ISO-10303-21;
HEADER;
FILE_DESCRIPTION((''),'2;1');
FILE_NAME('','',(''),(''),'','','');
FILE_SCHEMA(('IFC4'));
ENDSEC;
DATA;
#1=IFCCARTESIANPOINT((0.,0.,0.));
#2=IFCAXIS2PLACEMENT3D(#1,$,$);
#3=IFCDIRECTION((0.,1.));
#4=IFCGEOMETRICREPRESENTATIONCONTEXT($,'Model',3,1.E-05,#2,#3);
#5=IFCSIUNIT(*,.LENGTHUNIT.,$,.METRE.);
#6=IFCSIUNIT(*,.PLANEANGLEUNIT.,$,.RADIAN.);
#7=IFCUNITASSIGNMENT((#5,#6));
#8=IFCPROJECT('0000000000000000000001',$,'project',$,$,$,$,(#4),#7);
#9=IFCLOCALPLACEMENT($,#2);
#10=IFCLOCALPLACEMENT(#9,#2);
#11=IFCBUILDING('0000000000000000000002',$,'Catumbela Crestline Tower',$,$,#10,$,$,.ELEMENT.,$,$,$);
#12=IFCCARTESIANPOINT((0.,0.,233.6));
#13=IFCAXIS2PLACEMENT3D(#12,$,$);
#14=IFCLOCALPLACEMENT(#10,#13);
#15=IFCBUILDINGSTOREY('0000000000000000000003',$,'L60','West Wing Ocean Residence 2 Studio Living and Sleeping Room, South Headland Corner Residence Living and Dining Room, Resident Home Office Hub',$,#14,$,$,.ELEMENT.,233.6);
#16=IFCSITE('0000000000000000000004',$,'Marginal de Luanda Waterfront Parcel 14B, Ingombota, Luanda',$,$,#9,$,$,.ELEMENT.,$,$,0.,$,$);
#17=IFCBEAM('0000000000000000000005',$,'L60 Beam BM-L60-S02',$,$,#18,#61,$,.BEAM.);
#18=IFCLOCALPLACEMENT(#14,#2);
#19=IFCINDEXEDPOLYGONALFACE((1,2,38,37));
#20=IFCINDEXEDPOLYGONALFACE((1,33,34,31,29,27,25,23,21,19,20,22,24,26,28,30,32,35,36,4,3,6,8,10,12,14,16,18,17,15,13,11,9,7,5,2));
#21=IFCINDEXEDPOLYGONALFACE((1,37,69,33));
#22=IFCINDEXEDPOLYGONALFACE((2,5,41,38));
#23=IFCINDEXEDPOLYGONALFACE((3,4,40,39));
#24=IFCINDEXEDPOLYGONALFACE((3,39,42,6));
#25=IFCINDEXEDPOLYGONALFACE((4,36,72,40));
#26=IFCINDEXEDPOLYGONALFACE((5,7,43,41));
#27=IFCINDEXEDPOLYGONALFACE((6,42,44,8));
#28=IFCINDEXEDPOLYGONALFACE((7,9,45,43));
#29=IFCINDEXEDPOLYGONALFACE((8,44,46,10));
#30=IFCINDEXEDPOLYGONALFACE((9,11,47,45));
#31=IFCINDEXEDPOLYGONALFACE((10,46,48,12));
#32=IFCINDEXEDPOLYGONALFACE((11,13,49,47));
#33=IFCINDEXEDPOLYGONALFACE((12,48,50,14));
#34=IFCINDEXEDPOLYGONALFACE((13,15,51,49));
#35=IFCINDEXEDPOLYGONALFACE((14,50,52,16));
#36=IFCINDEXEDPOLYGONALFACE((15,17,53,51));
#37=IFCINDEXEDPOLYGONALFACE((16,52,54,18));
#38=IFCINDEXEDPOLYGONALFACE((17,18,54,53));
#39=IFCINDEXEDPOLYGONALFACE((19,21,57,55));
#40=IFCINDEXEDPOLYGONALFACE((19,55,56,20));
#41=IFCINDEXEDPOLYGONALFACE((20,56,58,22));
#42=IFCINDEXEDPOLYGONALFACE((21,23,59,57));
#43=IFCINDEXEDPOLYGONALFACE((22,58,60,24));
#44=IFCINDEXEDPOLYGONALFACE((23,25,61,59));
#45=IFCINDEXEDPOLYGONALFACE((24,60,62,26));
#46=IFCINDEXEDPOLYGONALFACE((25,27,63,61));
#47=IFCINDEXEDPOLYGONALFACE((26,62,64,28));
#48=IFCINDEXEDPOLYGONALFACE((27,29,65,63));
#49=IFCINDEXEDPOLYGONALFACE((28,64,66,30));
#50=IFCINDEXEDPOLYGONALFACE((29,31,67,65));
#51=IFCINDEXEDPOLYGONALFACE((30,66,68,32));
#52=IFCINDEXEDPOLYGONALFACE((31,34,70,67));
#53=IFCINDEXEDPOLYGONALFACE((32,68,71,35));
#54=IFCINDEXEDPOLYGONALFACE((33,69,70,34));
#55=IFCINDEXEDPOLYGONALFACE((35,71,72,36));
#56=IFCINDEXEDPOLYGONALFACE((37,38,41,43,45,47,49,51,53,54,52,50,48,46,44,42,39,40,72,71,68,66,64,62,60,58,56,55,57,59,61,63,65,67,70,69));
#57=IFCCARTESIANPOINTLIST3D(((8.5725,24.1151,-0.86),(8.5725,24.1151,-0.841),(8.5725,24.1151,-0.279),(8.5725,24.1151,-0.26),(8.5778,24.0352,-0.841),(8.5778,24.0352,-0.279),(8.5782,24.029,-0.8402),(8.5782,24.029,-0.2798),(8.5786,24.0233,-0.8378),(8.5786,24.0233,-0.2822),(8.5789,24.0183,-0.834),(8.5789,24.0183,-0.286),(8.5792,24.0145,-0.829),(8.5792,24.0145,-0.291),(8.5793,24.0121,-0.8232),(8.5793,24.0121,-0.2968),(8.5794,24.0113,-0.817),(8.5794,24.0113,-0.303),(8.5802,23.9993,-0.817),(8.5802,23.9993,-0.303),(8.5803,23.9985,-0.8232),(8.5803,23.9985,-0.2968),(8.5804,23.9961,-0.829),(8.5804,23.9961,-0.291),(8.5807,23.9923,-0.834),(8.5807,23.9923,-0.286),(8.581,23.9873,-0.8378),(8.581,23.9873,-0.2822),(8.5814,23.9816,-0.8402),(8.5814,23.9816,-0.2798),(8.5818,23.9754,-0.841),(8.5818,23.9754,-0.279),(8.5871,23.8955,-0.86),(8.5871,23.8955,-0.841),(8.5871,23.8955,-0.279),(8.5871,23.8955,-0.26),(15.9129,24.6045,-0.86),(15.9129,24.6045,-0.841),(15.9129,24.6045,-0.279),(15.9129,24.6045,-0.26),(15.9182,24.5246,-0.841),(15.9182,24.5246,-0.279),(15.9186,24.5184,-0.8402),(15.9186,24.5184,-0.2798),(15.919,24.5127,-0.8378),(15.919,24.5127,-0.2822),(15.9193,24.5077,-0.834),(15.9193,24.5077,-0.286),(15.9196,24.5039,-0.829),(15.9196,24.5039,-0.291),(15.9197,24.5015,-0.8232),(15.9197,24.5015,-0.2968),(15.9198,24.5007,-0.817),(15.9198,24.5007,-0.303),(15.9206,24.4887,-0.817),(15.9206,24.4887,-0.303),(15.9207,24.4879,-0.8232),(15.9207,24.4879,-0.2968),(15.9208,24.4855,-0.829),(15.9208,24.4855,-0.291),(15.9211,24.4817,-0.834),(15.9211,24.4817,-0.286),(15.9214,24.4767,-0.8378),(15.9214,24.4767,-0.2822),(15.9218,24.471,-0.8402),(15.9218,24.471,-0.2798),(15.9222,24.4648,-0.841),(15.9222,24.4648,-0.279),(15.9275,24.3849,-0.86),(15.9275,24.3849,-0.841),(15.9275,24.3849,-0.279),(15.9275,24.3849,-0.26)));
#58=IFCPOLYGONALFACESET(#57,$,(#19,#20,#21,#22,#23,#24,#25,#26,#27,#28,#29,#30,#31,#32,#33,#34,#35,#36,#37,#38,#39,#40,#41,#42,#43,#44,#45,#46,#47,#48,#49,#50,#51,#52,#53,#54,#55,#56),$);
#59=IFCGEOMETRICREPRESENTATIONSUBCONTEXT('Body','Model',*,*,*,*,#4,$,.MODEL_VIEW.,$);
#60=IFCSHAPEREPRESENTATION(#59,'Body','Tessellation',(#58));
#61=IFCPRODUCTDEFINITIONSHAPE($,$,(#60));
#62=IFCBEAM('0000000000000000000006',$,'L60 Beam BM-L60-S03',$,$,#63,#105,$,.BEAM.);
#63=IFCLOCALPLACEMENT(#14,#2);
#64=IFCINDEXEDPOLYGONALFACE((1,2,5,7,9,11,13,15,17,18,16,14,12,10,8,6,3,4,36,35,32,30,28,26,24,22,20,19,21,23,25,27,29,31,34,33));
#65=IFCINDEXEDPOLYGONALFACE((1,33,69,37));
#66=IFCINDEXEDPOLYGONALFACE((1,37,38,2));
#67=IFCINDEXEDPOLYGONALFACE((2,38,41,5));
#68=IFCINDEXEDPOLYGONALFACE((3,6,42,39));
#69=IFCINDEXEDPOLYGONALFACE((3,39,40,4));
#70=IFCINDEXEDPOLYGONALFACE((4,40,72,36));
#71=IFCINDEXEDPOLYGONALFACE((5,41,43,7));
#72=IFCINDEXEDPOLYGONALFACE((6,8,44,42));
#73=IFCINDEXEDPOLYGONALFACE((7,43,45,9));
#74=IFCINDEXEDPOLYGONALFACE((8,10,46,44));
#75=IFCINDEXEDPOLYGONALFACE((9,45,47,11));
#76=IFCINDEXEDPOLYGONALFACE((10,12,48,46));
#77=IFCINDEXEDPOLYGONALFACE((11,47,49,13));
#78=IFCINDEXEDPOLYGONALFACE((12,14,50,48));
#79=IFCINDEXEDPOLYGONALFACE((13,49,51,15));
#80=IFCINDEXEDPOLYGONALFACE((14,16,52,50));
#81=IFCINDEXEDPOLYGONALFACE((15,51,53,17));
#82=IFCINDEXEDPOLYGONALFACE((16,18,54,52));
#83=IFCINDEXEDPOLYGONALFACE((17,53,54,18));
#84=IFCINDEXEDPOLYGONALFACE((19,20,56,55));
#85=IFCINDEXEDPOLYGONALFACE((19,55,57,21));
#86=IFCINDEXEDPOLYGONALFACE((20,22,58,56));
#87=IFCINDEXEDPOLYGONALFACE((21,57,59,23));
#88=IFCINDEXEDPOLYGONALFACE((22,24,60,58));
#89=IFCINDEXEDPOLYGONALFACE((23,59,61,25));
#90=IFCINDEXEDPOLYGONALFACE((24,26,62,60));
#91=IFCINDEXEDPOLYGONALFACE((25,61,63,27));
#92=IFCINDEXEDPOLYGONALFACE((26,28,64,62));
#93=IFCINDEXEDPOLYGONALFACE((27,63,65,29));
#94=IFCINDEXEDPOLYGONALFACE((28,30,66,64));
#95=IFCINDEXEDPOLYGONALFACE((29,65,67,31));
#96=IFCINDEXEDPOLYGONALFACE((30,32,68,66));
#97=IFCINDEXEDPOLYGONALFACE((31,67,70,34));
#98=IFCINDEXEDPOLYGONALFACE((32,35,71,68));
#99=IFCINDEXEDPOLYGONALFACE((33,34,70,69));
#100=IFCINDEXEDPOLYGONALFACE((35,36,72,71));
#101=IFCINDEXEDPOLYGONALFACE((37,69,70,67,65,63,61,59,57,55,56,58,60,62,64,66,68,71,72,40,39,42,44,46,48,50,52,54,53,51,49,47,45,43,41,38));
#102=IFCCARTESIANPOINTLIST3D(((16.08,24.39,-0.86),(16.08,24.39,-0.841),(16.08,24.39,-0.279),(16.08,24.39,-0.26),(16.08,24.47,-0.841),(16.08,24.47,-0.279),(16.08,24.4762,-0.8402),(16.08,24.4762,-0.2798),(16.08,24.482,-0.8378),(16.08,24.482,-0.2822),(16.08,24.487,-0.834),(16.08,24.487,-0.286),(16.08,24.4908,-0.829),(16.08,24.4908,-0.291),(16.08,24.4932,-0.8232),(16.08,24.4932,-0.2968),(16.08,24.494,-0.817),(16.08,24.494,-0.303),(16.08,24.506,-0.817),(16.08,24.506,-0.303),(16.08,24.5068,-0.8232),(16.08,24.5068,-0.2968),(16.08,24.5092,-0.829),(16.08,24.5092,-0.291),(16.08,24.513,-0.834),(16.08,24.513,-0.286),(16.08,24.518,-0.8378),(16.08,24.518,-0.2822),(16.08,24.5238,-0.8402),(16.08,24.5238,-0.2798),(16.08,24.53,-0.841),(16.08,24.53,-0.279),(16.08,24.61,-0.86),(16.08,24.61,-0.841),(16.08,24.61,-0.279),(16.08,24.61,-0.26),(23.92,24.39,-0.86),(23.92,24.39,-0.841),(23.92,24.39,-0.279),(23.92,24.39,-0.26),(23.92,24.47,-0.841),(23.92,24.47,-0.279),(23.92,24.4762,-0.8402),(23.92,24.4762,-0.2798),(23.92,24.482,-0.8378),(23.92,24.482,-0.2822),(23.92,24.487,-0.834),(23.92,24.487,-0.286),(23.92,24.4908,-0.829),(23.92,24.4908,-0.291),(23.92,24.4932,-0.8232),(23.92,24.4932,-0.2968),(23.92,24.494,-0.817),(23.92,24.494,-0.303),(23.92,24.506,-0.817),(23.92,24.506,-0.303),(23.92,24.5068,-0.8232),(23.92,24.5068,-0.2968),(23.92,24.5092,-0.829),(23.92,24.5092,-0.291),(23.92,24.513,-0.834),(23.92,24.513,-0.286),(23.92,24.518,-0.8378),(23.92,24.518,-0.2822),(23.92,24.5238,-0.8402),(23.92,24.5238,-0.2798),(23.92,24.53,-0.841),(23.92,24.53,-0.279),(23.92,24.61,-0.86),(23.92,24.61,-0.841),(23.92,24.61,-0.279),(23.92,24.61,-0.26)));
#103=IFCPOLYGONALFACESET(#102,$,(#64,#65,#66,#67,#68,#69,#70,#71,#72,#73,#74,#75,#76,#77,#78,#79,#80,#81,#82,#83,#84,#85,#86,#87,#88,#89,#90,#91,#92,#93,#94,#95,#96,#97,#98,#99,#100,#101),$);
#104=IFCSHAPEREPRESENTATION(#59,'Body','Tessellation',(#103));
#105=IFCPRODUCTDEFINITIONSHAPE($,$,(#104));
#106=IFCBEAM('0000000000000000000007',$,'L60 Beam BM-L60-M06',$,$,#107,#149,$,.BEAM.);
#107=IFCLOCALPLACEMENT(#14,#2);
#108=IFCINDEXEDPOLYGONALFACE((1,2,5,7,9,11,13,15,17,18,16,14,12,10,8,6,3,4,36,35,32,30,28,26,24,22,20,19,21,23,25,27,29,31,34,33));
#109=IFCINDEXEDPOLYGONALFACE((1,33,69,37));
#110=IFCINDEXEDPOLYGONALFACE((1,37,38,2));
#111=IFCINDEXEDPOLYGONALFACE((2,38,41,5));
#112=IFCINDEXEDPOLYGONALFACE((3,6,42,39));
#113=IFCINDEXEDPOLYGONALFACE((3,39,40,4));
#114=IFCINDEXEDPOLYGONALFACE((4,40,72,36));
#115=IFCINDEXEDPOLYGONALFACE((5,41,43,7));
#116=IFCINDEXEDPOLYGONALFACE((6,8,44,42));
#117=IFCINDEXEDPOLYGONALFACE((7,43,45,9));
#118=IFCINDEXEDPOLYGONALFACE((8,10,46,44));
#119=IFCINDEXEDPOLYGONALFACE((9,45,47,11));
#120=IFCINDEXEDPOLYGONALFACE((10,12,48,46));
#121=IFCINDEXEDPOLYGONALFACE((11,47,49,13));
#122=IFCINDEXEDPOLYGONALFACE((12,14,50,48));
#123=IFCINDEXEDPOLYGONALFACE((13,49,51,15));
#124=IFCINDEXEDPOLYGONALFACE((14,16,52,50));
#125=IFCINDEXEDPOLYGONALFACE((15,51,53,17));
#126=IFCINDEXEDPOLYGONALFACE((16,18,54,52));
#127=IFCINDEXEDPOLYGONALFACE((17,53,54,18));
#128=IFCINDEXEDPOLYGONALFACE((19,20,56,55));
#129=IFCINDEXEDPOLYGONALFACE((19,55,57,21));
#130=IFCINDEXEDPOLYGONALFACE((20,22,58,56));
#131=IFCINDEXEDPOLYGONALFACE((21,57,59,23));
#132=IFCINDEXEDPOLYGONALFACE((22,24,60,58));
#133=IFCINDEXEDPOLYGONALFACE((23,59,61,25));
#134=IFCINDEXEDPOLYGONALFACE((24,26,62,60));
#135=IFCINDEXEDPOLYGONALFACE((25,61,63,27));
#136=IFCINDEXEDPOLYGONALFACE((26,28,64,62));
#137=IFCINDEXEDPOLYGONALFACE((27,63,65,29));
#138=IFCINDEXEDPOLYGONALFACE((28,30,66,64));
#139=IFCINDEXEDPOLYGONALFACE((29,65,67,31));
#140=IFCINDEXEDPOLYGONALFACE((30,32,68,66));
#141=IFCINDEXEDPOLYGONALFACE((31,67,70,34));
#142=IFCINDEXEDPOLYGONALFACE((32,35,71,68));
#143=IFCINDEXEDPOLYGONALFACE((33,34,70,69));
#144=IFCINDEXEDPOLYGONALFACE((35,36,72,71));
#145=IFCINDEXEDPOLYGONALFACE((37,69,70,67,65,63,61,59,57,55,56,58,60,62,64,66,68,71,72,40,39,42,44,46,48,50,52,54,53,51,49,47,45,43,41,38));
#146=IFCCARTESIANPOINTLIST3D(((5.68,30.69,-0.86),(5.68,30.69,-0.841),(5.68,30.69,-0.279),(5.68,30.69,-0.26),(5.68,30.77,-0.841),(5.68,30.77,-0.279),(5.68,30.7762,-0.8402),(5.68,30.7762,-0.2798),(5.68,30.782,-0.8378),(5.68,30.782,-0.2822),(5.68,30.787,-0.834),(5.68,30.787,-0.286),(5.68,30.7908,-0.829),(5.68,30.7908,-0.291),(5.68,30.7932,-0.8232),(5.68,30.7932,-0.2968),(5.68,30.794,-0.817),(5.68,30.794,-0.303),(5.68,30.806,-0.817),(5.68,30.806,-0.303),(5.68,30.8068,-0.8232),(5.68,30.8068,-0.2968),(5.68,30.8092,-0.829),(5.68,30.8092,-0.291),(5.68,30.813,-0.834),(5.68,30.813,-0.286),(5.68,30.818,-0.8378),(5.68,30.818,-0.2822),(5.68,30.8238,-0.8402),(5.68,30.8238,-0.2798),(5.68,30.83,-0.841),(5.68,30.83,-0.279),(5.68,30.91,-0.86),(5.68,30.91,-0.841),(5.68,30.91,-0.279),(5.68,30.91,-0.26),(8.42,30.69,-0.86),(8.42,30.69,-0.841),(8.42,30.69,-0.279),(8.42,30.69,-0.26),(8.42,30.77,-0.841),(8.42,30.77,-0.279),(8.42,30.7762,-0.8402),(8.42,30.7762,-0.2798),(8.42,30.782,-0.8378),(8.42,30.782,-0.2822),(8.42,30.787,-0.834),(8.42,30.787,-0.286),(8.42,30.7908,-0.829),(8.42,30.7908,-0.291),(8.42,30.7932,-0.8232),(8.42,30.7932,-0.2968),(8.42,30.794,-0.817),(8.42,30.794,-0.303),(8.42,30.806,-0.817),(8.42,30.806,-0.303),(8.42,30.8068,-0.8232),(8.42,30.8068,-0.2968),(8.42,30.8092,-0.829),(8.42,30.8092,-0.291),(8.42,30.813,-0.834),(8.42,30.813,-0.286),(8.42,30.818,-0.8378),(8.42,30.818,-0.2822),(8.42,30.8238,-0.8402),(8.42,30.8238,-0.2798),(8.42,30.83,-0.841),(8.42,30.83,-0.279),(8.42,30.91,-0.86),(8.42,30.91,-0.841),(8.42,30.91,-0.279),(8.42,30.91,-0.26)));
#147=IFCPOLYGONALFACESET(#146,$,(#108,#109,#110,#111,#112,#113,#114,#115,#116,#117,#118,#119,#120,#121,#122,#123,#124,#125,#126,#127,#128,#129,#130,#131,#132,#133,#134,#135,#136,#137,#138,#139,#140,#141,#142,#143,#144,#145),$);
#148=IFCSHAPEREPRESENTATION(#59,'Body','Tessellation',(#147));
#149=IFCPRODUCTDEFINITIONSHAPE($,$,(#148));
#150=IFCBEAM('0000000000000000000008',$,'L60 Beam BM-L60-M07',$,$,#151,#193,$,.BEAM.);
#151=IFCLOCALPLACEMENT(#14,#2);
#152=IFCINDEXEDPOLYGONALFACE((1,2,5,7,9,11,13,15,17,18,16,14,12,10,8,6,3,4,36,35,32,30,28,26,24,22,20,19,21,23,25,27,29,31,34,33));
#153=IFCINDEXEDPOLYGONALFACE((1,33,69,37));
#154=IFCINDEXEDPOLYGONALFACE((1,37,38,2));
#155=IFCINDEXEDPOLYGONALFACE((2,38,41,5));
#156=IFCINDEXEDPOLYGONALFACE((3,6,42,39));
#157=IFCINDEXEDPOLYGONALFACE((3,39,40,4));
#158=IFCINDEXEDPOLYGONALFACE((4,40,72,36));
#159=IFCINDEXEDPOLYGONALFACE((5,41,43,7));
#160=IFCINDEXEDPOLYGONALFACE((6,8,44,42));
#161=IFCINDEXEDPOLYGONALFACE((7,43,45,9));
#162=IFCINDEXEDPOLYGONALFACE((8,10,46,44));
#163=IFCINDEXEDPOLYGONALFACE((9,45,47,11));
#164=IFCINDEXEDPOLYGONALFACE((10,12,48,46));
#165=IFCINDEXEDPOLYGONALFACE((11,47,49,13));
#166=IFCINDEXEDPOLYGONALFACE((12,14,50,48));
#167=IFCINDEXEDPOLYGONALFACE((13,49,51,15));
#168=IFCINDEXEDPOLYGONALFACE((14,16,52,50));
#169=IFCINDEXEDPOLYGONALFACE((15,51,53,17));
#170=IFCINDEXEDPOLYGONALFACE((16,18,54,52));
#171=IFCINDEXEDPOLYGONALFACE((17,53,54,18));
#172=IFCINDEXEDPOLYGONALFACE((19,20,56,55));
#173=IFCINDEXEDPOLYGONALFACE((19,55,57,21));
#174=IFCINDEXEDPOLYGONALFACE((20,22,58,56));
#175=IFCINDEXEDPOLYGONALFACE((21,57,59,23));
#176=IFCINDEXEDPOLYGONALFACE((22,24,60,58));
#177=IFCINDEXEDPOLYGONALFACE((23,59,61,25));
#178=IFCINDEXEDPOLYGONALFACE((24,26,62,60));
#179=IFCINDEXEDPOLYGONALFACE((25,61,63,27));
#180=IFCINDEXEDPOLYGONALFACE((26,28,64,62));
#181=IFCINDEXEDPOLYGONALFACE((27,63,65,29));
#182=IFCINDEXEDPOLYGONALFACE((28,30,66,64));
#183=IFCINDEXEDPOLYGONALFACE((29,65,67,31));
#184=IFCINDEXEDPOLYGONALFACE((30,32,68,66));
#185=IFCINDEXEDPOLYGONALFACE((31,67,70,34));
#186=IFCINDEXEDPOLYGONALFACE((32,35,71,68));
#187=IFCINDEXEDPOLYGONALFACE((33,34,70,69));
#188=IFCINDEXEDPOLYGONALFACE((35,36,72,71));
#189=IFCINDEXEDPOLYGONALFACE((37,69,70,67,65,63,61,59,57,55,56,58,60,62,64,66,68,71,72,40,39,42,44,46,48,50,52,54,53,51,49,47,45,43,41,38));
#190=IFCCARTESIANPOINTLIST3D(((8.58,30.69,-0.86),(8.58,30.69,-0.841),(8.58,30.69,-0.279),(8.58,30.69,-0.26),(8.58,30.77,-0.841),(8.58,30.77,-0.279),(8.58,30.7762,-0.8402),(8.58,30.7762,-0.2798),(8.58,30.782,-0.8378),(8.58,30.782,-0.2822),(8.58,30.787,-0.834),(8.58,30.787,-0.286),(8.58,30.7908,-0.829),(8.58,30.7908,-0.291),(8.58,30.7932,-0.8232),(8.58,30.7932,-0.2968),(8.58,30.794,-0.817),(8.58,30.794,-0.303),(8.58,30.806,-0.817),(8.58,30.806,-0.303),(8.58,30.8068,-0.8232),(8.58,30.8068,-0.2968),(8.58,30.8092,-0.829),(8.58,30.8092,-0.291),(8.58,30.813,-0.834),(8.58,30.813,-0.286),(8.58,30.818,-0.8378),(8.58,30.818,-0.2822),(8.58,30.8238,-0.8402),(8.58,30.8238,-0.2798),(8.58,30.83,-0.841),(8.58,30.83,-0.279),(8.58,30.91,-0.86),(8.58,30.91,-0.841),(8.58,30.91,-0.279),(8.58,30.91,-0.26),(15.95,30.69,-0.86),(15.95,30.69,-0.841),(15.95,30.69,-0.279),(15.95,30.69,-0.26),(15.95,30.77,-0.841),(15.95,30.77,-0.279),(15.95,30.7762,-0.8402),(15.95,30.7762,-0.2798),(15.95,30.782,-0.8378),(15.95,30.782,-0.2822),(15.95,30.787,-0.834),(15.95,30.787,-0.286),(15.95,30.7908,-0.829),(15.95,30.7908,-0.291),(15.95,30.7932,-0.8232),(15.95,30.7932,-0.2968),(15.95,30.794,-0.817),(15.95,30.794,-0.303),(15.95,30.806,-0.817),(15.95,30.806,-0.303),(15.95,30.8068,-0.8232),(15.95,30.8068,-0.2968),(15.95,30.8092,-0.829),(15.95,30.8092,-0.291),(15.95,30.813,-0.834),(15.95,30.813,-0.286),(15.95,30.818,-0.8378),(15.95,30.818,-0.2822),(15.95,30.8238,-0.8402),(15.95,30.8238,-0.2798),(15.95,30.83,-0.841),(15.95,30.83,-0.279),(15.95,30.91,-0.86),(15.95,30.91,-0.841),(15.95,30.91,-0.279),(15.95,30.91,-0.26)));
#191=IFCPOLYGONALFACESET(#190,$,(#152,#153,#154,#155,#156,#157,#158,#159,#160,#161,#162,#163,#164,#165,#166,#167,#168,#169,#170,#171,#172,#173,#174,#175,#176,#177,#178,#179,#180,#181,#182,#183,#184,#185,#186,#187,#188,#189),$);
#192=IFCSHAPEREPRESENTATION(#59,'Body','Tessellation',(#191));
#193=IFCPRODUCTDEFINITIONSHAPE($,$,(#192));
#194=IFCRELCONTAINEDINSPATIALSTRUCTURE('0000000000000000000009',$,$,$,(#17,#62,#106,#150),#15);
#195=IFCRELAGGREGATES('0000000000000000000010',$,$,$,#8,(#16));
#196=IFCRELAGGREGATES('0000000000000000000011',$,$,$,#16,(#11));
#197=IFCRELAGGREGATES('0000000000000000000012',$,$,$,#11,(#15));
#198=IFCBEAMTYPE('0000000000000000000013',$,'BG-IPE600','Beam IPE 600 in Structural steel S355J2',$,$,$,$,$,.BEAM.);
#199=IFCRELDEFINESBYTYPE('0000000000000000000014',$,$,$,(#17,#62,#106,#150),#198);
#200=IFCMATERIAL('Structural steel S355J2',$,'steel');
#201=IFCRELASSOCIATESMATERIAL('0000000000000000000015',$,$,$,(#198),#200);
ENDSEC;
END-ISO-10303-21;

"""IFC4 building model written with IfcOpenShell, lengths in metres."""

from ifc_helpers import new_model, si_unit, direction, frame, origin, origin_2d, place, context, subcontext, project, spatial, i_section, extrude, material, material_profile, profile_set, type_object, element, save


model = new_model("IFC4")

# Units and contexts
model_context = context("Model", 3, precision=1e-05, world=origin(), true_north=direction((0.0, 1.0)))
body_context = subcontext(model_context, "Body", "Model", "MODEL_VIEW")
ifc_project = project(units=[si_unit("LENGTHUNIT", "METRE"), si_unit("PLANEANGLEUNIT", "RADIAN")], contexts=[model_context])

# Site, building, storey
site_placement = place(None, origin())
site = spatial("IfcSite", under=ifc_project, at=site_placement, Name="Marginal de Luanda Waterfront Parcel 14B, Ingombota, Luanda", CompositionType="ELEMENT", RefElevation=0.0)
building_placement = place(site_placement, origin())
building = spatial("IfcBuilding", under=site, at=building_placement, Name="Catumbela Crestline Tower", CompositionType="ELEMENT")
storey_placement = place(building_placement, frame((0.0, 0.0, 233.6)))
storey = spatial("IfcBuildingStorey", under=building, at=storey_placement, Name="L60", Description="West Wing Ocean Residence 2 Studio Living and Sleeping Room, South Headland Corner Residence Living and Dining Room, Resident Home Office Hub", CompositionType="ELEMENT", Elevation=233.6)

# Shared definitions
ifc_material_1 = material(Name="Structural steel S355J2", Category="steel")

# Beams
ifc_material_profile_1 = material_profile(ifc_material_1, i_section(OverallWidth=0.22, OverallDepth=0.6, WebThickness=0.012, FlangeThickness=0.019, FilletRadius=0.024, at=origin_2d()), Name="IPE 600")
ifc_profile_set_1 = profile_set([ifc_material_profile_1], Name="Structural steel S355J2")
beam_type = type_object("IfcBeamType", Name="BG-IPE600", Description="Beam IPE 600 in Structural steel S355J2", PredefinedType="BEAM", material=ifc_profile_set_1)
beam_1_placement = place(storey_placement, frame((8.5798, 24.0053, -0.56), z_axis=(0.997785, 0.066524, 0.0), x_axis=(-0.066524, 0.997785, 0.0)))
element("IfcBeam", 1, at=beam_1_placement, inside=storey, type_object=beam_type, Name="L60 Beam BM-L60-S02", PredefinedType="BEAM", context=body_context, shape_type="SweptSolid", body=[
    extrude(i_section(OverallWidth=0.22, OverallDepth=0.6, WebThickness=0.012, FlangeThickness=0.019, FilletRadius=0.024, at=origin_2d()), origin(), (0.0, 0.0, 1.0), 7.3567),
])
beam_2_placement = place(storey_placement, frame((16.08, 24.5, -0.56), z_axis=(1.0, 0.0, 0.0), x_axis=(0.0, 1.0, 0.0)))
element("IfcBeam", 2, at=beam_2_placement, inside=storey, type_object=beam_type, Name="L60 Beam BM-L60-S03", PredefinedType="BEAM", context=body_context, shape_type="SweptSolid", body=[
    extrude(i_section(OverallWidth=0.22, OverallDepth=0.6, WebThickness=0.012, FlangeThickness=0.019, FilletRadius=0.024, at=origin_2d()), origin(), (0.0, 0.0, 1.0), 7.84),
])
beam_3_placement = place(storey_placement, frame((5.68, 30.8, -0.56), z_axis=(1.0, 0.0, 0.0), x_axis=(0.0, 1.0, 0.0)))
element("IfcBeam", 3, at=beam_3_placement, inside=storey, type_object=beam_type, Name="L60 Beam BM-L60-M06", PredefinedType="BEAM", context=body_context, shape_type="SweptSolid", body=[
    extrude(i_section(OverallWidth=0.22, OverallDepth=0.6, WebThickness=0.012, FlangeThickness=0.019, FilletRadius=0.024, at=origin_2d()), origin(), (0.0, 0.0, 1.0), 2.74),
])
beam_4_placement = place(storey_placement, frame((8.58, 30.8, -0.56), z_axis=(1.0, 0.0, 0.0), x_axis=(0.0, 1.0, 0.0)))
element("IfcBeam", 4, at=beam_4_placement, inside=storey, type_object=beam_type, Name="L60 Beam BM-L60-M07", PredefinedType="BEAM", context=body_context, shape_type="SweptSolid", body=[
    extrude(i_section(OverallWidth=0.22, OverallDepth=0.6, WebThickness=0.012, FlangeThickness=0.019, FilletRadius=0.024, at=origin_2d()), origin(), (0.0, 0.0, 1.0), 7.37),
])

save(model, "model.ifc")
